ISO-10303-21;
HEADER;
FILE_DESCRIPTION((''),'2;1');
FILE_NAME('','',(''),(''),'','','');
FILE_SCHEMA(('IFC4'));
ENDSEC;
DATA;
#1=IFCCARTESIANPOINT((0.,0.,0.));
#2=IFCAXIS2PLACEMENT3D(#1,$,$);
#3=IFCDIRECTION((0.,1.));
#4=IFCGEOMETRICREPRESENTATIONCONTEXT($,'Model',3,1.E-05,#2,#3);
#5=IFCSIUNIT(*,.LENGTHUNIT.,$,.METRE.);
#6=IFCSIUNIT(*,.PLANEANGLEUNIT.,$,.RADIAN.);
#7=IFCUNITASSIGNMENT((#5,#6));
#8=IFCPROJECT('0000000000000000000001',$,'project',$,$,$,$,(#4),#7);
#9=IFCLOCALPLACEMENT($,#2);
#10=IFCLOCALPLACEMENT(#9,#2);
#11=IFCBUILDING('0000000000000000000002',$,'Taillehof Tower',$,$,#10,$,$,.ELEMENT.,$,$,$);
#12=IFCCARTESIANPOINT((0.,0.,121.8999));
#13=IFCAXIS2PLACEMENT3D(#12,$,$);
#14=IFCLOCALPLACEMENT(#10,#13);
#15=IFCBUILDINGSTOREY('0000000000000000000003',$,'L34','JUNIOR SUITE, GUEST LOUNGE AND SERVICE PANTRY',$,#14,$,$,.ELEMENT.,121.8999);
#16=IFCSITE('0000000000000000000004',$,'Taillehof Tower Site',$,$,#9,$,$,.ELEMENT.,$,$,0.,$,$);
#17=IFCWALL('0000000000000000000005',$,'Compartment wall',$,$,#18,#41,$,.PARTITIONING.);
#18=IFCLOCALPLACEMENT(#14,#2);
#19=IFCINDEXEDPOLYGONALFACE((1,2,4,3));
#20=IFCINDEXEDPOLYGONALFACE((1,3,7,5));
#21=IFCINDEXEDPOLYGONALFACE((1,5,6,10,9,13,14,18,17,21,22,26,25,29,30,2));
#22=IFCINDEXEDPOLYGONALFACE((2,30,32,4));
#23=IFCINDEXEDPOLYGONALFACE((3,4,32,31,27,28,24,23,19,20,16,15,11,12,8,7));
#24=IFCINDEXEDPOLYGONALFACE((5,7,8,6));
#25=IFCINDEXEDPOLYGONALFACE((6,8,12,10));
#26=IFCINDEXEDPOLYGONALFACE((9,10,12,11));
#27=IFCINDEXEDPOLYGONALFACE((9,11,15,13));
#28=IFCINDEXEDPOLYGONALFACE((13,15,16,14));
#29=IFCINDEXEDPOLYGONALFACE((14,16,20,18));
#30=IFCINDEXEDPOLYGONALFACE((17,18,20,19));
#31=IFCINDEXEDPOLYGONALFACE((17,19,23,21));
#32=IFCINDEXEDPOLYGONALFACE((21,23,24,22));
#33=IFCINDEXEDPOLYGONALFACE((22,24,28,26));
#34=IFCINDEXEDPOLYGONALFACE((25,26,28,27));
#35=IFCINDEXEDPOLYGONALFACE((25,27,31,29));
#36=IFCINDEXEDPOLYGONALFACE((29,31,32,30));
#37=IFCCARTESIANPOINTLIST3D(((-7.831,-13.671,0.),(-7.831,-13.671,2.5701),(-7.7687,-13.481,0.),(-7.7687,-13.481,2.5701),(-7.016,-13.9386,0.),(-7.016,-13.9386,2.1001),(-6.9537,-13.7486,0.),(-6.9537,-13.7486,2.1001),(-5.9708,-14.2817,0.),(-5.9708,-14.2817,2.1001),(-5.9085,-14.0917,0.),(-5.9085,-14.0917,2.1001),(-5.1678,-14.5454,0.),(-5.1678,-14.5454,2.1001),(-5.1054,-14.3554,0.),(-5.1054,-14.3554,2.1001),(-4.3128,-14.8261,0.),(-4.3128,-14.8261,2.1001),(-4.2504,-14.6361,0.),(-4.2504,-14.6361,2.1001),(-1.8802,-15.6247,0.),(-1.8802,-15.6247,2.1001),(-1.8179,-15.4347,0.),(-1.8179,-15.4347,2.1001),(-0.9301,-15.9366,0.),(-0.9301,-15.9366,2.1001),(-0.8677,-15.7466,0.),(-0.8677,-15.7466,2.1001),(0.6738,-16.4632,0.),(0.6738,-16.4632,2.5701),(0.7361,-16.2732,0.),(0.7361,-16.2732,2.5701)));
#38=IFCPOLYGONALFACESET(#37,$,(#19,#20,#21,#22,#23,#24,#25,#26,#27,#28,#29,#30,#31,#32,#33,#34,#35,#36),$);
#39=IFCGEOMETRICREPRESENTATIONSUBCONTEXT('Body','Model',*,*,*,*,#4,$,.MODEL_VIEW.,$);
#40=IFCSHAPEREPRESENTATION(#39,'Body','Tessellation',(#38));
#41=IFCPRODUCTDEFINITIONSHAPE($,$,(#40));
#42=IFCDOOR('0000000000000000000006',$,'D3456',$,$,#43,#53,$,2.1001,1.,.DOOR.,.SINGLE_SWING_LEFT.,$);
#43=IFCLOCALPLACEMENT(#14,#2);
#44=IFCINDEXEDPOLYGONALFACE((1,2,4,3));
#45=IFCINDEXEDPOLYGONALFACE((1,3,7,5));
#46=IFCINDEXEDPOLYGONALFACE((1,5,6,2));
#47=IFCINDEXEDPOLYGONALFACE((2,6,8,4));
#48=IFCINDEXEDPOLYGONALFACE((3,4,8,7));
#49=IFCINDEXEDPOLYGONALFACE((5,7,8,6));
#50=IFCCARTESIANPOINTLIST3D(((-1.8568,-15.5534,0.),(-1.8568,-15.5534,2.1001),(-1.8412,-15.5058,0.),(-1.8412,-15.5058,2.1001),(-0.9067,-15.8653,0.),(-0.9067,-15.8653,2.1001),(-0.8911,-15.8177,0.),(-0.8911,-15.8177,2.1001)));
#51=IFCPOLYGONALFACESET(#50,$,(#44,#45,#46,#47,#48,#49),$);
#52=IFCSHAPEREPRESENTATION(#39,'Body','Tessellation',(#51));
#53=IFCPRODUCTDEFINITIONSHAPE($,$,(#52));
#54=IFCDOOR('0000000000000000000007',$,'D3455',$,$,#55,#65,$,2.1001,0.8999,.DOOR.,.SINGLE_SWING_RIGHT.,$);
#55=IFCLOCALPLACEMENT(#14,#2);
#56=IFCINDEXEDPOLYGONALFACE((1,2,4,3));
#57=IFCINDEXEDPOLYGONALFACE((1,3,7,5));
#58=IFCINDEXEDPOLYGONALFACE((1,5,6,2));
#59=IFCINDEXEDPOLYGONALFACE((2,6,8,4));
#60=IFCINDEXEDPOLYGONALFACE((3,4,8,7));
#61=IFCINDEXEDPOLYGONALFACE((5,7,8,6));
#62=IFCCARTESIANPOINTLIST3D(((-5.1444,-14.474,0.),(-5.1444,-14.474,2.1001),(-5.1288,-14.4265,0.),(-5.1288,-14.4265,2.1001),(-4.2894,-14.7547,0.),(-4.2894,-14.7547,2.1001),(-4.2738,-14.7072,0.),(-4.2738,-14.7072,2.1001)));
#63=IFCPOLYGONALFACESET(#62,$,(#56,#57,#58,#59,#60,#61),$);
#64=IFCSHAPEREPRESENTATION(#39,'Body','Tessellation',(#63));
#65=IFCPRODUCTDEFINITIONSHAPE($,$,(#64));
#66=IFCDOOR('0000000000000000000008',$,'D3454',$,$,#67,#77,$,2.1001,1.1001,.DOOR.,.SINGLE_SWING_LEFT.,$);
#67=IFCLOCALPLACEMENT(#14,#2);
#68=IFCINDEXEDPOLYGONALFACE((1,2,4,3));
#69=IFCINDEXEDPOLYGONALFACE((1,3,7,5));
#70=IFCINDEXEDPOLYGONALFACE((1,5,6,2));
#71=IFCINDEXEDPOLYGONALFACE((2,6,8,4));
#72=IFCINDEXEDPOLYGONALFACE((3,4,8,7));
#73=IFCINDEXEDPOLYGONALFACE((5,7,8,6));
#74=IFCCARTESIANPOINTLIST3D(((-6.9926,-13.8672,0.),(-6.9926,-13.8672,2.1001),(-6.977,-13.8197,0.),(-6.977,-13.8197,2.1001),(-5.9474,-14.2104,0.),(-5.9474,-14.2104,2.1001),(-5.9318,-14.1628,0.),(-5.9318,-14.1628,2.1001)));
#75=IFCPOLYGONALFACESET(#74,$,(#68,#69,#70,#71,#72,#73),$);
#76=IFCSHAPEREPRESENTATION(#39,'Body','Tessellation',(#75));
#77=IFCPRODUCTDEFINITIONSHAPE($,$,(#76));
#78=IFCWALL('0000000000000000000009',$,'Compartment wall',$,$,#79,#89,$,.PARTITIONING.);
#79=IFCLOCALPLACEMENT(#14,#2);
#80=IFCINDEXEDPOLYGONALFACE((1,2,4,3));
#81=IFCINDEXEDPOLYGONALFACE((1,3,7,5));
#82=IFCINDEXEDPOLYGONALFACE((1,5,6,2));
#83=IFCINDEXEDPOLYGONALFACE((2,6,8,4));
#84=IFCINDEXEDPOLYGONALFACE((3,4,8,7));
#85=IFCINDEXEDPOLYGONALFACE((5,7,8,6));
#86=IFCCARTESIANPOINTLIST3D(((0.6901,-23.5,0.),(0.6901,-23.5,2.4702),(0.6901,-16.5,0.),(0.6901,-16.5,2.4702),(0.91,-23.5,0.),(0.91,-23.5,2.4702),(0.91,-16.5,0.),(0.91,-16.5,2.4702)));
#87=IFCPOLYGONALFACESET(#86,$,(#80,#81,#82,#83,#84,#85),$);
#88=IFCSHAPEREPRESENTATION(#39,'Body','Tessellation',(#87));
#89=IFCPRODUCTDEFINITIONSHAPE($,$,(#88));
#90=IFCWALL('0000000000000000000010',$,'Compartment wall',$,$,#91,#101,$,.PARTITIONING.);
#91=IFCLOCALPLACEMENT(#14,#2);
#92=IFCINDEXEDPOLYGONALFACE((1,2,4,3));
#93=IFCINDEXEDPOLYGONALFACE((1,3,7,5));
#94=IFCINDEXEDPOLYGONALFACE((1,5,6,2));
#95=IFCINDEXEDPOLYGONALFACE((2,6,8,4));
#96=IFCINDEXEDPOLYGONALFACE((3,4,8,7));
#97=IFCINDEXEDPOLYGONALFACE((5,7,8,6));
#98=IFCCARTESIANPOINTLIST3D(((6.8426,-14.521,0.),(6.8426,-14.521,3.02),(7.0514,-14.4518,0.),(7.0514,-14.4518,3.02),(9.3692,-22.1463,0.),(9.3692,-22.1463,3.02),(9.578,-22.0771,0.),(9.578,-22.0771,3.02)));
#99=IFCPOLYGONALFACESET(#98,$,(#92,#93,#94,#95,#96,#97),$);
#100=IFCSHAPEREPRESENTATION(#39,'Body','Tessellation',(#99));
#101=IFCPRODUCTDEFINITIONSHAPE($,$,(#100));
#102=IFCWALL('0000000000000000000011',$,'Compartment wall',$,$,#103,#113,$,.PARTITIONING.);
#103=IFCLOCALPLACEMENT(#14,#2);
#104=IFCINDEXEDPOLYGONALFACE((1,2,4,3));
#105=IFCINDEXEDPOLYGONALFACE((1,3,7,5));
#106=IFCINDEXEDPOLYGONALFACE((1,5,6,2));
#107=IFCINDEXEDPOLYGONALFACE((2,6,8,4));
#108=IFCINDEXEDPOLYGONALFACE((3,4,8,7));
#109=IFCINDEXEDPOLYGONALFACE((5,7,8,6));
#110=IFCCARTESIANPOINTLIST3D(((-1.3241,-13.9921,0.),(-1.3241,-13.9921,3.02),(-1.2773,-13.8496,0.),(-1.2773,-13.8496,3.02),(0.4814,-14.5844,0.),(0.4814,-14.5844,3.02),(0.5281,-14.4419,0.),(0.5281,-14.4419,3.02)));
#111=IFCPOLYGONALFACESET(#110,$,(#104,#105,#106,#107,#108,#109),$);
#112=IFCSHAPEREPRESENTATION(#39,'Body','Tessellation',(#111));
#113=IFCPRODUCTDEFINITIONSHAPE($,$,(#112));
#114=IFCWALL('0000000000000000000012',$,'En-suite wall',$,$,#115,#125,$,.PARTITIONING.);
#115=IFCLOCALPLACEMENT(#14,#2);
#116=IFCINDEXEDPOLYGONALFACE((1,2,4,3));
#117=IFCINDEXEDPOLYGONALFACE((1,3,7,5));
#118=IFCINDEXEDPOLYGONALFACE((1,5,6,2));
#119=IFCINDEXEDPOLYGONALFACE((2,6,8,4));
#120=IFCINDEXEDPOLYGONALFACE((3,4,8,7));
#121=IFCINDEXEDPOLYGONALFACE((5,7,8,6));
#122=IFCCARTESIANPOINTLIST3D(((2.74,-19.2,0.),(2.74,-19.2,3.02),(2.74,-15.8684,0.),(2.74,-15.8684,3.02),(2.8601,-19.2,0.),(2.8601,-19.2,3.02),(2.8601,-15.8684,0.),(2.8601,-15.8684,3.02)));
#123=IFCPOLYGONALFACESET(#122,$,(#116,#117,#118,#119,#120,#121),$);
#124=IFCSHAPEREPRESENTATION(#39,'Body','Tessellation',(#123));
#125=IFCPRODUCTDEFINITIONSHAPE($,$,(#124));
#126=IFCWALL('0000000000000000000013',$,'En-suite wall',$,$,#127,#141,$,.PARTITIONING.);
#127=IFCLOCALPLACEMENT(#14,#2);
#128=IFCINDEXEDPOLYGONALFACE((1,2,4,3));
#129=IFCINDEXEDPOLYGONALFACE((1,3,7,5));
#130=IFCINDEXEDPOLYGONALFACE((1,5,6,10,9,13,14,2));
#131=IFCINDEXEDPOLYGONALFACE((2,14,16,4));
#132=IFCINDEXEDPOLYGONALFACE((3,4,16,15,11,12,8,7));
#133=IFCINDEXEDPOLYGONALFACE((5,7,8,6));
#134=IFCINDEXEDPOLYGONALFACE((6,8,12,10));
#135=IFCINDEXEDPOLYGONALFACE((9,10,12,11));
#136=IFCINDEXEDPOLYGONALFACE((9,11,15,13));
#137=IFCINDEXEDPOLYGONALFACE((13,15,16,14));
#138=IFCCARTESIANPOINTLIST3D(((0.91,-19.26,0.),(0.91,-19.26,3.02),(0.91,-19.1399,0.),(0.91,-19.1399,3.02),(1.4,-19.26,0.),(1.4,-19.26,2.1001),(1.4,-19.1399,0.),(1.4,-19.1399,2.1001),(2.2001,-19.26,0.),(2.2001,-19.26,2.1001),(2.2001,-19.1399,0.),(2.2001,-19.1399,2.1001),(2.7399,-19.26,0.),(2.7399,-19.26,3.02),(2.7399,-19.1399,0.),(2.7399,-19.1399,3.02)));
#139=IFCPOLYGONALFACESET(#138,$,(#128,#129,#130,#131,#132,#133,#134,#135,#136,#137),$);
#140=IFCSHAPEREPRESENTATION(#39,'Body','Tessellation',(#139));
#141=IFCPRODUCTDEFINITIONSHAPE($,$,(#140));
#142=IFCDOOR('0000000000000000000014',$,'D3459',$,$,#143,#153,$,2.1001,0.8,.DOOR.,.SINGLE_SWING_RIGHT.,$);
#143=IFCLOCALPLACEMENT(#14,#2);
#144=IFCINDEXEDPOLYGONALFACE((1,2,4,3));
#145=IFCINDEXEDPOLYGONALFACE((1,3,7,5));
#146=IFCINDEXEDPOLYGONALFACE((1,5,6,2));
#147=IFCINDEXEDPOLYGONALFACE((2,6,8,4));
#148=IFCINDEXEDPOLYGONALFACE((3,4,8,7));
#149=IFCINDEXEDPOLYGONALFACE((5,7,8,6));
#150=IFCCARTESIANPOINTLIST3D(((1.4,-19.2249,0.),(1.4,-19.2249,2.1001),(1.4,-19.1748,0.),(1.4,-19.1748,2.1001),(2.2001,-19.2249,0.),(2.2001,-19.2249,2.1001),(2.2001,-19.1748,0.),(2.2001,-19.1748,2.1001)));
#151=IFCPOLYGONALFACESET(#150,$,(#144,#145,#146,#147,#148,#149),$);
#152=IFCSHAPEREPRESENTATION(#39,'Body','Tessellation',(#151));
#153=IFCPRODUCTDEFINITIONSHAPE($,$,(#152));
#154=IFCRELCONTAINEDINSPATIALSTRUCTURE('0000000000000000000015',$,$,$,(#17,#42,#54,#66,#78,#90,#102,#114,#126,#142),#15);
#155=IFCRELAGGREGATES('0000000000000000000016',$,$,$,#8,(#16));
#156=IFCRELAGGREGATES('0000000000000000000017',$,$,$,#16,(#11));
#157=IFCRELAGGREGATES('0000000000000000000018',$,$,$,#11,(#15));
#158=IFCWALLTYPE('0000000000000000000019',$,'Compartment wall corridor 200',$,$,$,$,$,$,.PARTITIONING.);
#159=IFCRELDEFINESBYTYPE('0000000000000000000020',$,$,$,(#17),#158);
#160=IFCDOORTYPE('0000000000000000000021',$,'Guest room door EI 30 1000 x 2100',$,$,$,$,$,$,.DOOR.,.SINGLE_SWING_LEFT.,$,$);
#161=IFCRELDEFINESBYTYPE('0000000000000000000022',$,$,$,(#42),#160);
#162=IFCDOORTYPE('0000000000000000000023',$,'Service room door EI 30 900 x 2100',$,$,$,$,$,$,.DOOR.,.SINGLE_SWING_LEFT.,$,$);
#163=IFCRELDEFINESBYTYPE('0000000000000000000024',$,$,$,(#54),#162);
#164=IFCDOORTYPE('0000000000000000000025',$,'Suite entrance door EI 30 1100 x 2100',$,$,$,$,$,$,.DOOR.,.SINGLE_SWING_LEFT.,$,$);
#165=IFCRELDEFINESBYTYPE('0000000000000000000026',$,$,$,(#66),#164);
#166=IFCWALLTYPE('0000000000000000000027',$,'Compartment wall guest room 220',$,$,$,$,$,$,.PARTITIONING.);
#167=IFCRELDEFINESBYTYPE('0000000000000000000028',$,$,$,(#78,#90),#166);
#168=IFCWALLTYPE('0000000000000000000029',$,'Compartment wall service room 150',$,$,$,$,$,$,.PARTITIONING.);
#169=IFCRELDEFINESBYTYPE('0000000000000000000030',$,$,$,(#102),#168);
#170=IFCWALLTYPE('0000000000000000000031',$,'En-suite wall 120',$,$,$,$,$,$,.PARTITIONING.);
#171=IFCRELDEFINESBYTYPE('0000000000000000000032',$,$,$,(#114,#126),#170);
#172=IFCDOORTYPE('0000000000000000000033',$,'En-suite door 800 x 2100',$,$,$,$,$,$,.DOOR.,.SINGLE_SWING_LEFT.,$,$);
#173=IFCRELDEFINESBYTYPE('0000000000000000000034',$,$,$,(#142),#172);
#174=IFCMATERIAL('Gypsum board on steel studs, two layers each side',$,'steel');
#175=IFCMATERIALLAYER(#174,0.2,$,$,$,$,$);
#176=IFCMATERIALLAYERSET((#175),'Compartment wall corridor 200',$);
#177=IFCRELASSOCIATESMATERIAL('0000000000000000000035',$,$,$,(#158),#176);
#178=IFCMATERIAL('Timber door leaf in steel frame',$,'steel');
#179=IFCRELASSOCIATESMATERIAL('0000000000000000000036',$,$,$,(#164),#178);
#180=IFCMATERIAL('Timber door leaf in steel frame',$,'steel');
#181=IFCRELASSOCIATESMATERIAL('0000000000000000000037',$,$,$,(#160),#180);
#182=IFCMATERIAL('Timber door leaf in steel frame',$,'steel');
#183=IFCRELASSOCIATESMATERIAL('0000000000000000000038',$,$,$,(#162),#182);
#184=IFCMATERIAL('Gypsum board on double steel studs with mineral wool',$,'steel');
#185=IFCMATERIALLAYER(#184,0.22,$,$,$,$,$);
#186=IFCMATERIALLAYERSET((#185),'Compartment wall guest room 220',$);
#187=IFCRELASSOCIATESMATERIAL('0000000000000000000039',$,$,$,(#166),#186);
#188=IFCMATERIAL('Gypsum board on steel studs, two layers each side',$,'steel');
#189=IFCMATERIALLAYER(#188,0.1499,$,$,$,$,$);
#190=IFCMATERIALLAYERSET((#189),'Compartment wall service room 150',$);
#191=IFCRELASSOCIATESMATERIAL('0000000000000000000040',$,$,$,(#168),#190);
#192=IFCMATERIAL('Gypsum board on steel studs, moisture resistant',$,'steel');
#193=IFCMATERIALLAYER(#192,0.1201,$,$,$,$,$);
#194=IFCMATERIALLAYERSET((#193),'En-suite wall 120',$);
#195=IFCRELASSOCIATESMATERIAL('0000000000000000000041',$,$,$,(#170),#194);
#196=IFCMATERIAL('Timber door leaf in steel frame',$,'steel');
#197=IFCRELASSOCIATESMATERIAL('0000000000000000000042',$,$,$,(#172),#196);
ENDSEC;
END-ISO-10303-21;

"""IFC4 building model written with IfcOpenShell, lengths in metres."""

from ifc_helpers import new_model, si_unit, direction, frame, frame_2d, origin, place, context, subcontext, project, spatial, rectangle, extrude, material, layer, layer_set, type_object, element, fill, save


model = new_model("IFC4")

# Units and contexts
model_context = context("Model", 3, precision=1e-05, world=origin(), true_north=direction((0.0, 1.0)))
body_context = subcontext(model_context, "Body", "Model", "MODEL_VIEW")
ifc_project = project(units=[si_unit("LENGTHUNIT", "METRE"), si_unit("PLANEANGLEUNIT", "RADIAN")], contexts=[model_context])

# Site, building, storey
site_placement = place(None, origin())
site = spatial("IfcSite", under=ifc_project, at=site_placement, Name="Taillehof Tower Site", CompositionType="ELEMENT", RefElevation=0.0)
building_placement = place(site_placement, origin())
building = spatial("IfcBuilding", under=site, at=building_placement, Name="Taillehof Tower", CompositionType="ELEMENT")
storey_placement = place(building_placement, frame((0.0, 0.0, 121.8999)))
storey = spatial("IfcBuildingStorey", under=building, at=storey_placement, Name="L34", Description="JUNIOR SUITE, GUEST LOUNGE AND SERVICE PANTRY", CompositionType="ELEMENT", Elevation=121.8999)

# Wall, openings, doors
ifc_material_1 = material(Name="Gypsum board on steel studs, two layers each side", Category="steel")
ifc_layer_1 = layer(ifc_material_1, 0.2)
ifc_layer_set_1 = layer_set([ifc_layer_1], Name="Compartment wall corridor 200")
wall_type_1 = type_object("IfcWallType", Name="Compartment wall corridor 200", PredefinedType="PARTITIONING", material=ifc_layer_set_1)
ifc_material_2 = material(Name="Timber door leaf in steel frame", Category="steel")
door_type_1 = type_object("IfcDoorType", Name="Suite entrance door EI 30 1100 x 2100", OperationType="SINGLE_SWING_LEFT", PredefinedType="DOOR", material=ifc_material_2)
wall_1_placement = place(storey_placement, frame((0.7048, -16.3682, 0.0), z_axis=(0.0, 0.0, 1.0), x_axis=(-0.950105, 0.311929, 0.0)))
wall_1 = element("IfcWall", 1, at=wall_1_placement, inside=storey, type_object=wall_type_1, Name="Compartment wall", PredefinedType="PARTITIONING", context=body_context, shape_type="SweptSolid", body=[
    extrude(rectangle(XDim=8.9514, YDim=0.2, at=frame_2d((4.4756, 0.0))), origin(), (0.0, 0.0, 1.0), 2.5701),
])
opening_1_placement = place(wall_1_placement, frame((6.9934, 0.0, 0.0)))
opening_1 = element("IfcOpeningElement", 2, at=opening_1_placement, cuts=wall_1, PredefinedType="OPENING", context=body_context, shape_type="SweptSolid", body=[
    extrude(rectangle(XDim=1.1001, YDim=2.1001, at=frame_2d((0.55, 1.05))), frame((0.0, 0.1099, 0.0), z_axis=(0.0, -1.0, 0.0), x_axis=(1.0, 0.0, 0.0)), (0.0, 0.0, 1.0), 0.22),
])
opening_2_placement = place(wall_1_placement, frame((5.2483, 0.0, 0.0)))
opening_2 = element("IfcOpeningElement", 3, at=opening_2_placement, cuts=wall_1, PredefinedType="OPENING", context=body_context, shape_type="SweptSolid", body=[
    extrude(rectangle(XDim=0.8999, YDim=2.1001, at=frame_2d((0.45, 1.05))), frame((0.0, 0.1099, 0.0), z_axis=(0.0, -1.0, 0.0), x_axis=(1.0, 0.0, 0.0)), (0.0, 0.0, 1.0), 0.22),
])
opening_3_placement = place(wall_1_placement, frame((1.688, 0.0, 0.0)))
opening_3 = element("IfcOpeningElement", 4, at=opening_3_placement, cuts=wall_1, PredefinedType="OPENING", context=body_context, shape_type="SweptSolid", body=[
    extrude(rectangle(XDim=1.0, YDim=2.1001, at=frame_2d((0.5, 1.05))), frame((0.0, 0.1099, 0.0), z_axis=(0.0, -1.0, 0.0), x_axis=(1.0, 0.0, 0.0)), (0.0, 0.0, 1.0), 0.22),
])
ifc_material_3 = material(Name="Timber door leaf in steel frame", Category="steel")
door_type_2 = type_object("IfcDoorType", Name="Guest room door EI 30 1000 x 2100", OperationType="SINGLE_SWING_LEFT", PredefinedType="DOOR", material=ifc_material_3)
door_1_placement = place(opening_3_placement, origin())
door_1 = element("IfcDoor", 5, at=door_1_placement, inside=storey, type_object=door_type_2, Name="D3456", OperationType="SINGLE_SWING_LEFT", OverallHeight=2.1001, OverallWidth=1.0, PredefinedType="DOOR", context=body_context, shape_type="SweptSolid", body=[
    extrude(rectangle(XDim=1.0, YDim=2.1001, at=frame_2d((0.5, 1.05))), frame((0.0, 0.0249, 0.0), z_axis=(0.0, -1.0, 0.0), x_axis=(1.0, 0.0, 0.0)), (0.0, 0.0, 1.0), 0.05),
])
fill(opening_3, door_1)
ifc_material_4 = material(Name="Timber door leaf in steel frame", Category="steel")
door_type_3 = type_object("IfcDoorType", Name="Service room door EI 30 900 x 2100", OperationType="SINGLE_SWING_LEFT", PredefinedType="DOOR", material=ifc_material_4)
door_2_placement = place(opening_2_placement, origin())
door_2 = element("IfcDoor", 6, at=door_2_placement, inside=storey, type_object=door_type_3, Name="D3455", OperationType="SINGLE_SWING_RIGHT", OverallHeight=2.1001, OverallWidth=0.8999, PredefinedType="DOOR", context=body_context, shape_type="SweptSolid", body=[
    extrude(rectangle(XDim=0.8999, YDim=2.1001, at=frame_2d((0.45, 1.05))), frame((0.0, 0.0249, 0.0), z_axis=(0.0, -1.0, 0.0), x_axis=(1.0, 0.0, 0.0)), (0.0, 0.0, 1.0), 0.05),
])
fill(opening_2, door_2)
door_3_placement = place(opening_1_placement, origin())
door_3 = element("IfcDoor", 7, at=door_3_placement, inside=storey, type_object=door_type_1, Name="D3454", OperationType="SINGLE_SWING_LEFT", OverallHeight=2.1001, OverallWidth=1.1001, PredefinedType="DOOR", context=body_context, shape_type="SweptSolid", body=[
    extrude(rectangle(XDim=1.1001, YDim=2.1001, at=frame_2d((0.55, 1.05))), frame((0.0, 0.0249, 0.0), z_axis=(0.0, -1.0, 0.0), x_axis=(1.0, 0.0, 0.0)), (0.0, 0.0, 1.0), 0.05),
])
fill(opening_1, door_3)

# Walls
ifc_material_5 = material(Name="Gypsum board on double steel studs with mineral wool", Category="steel")
ifc_layer_2 = layer(ifc_material_5, 0.22)
ifc_layer_set_2 = layer_set([ifc_layer_2], Name="Compartment wall guest room 220")
wall_type_2 = type_object("IfcWallType", Name="Compartment wall guest room 220", PredefinedType="PARTITIONING", material=ifc_layer_set_2)
wall_2_placement = place(storey_placement, frame((0.8, -23.5, 0.0), z_axis=(0.0, 0.0, 1.0), x_axis=(0.0, 1.0, 0.0)))
element("IfcWall", 8, at=wall_2_placement, inside=storey, type_object=wall_type_2, Name="Compartment wall", PredefinedType="PARTITIONING", context=body_context, shape_type="SweptSolid", body=[
    extrude(rectangle(XDim=7.0, YDim=0.22, at=frame_2d((3.5, 0.0))), origin(), (0.0, 0.0, 1.0), 2.4702),
])
wall_3_placement = place(storey_placement, frame((9.4736, -22.1118, 0.0), z_axis=(0.0, 0.0, 1.0), x_axis=(-0.314531, 0.949247, 0.0)))
element("IfcWall", 9, at=wall_3_placement, inside=storey, type_object=wall_type_2, Name="Compartment wall", PredefinedType="PARTITIONING", context=body_context, shape_type="SweptSolid", body=[
    extrude(rectangle(XDim=8.033, YDim=0.22, at=frame_2d((4.0166, 0.0))), origin(), (0.0, 0.0, 1.0), 3.02),
])
ifc_material_6 = material(Name="Gypsum board on steel studs, two layers each side", Category="steel")
ifc_layer_3 = layer(ifc_material_6, 0.1499)
ifc_layer_set_3 = layer_set([ifc_layer_3], Name="Compartment wall service room 150")
wall_type_3 = type_object("IfcWallType", Name="Compartment wall service room 150", PredefinedType="PARTITIONING", material=ifc_layer_set_3)
wall_4_placement = place(storey_placement, frame((0.5049, -14.5132, 0.0), z_axis=(0.0, 0.0, 1.0), x_axis=(-0.950176, 0.311714, 0.0)))
element("IfcWall", 10, at=wall_4_placement, inside=storey, type_object=wall_type_3, Name="Compartment wall", PredefinedType="PARTITIONING", context=body_context, shape_type="SweptSolid", body=[
    extrude(rectangle(XDim=1.9001, YDim=0.1499, at=frame_2d((0.9502, 0.0))), origin(), (0.0, 0.0, 1.0), 3.02),
])
ifc_material_7 = material(Name="Gypsum board on steel studs, moisture resistant", Category="steel")
ifc_layer_4 = layer(ifc_material_7, 0.1201)
ifc_layer_set_4 = layer_set([ifc_layer_4], Name="En-suite wall 120")
wall_type_4 = type_object("IfcWallType", Name="En-suite wall 120", PredefinedType="PARTITIONING", material=ifc_layer_set_4)
wall_5_placement = place(storey_placement, frame((2.8, -15.8684, 0.0), z_axis=(0.0, 0.0, 1.0), x_axis=(0.0, -1.0, 0.0)))
element("IfcWall", 11, at=wall_5_placement, inside=storey, type_object=wall_type_4, Name="En-suite wall", PredefinedType="PARTITIONING", context=body_context, shape_type="SweptSolid", body=[
    extrude(rectangle(XDim=3.3315, YDim=0.1201, at=frame_2d((1.6658, 0.0))), origin(), (0.0, 0.0, 1.0), 3.02),
])

# Wall, opening, door
wall_6_placement = place(storey_placement, frame((2.74, -19.2, 0.0), z_axis=(0.0, 0.0, 1.0), x_axis=(-1.0, 0.0, 0.0)))
wall_6 = element("IfcWall", 12, at=wall_6_placement, inside=storey, type_object=wall_type_4, Name="En-suite wall", PredefinedType="PARTITIONING", context=body_context, shape_type="SweptSolid", body=[
    extrude(rectangle(XDim=1.8298, YDim=0.1201, at=frame_2d((0.915, 0.0))), origin(), (0.0, 0.0, 1.0), 3.02),
])
opening_4_placement = place(wall_6_placement, frame((0.54, 0.0, 0.0)))
opening_4 = element("IfcOpeningElement", 13, at=opening_4_placement, cuts=wall_6, PredefinedType="OPENING", context=body_context, shape_type="SweptSolid", body=[
    extrude(rectangle(XDim=0.8, YDim=2.1001, at=frame_2d((0.3999, 1.05))), frame((0.0, 0.0701, 0.0), z_axis=(0.0, -1.0, 0.0), x_axis=(1.0, 0.0, 0.0)), (0.0, 0.0, 1.0), 0.1401),
])
ifc_material_8 = material(Name="Timber door leaf in steel frame", Category="steel")
door_type_4 = type_object("IfcDoorType", Name="En-suite door 800 x 2100", OperationType="SINGLE_SWING_LEFT", PredefinedType="DOOR", material=ifc_material_8)
door_4_placement = place(opening_4_placement, origin())
door_4 = element("IfcDoor", 14, at=door_4_placement, inside=storey, type_object=door_type_4, Name="D3459", OperationType="SINGLE_SWING_RIGHT", OverallHeight=2.1001, OverallWidth=0.8, PredefinedType="DOOR", context=body_context, shape_type="SweptSolid", body=[
    extrude(rectangle(XDim=0.8, YDim=2.1001, at=frame_2d((0.3999, 1.05))), frame((0.0, 0.0249, 0.0), z_axis=(0.0, -1.0, 0.0), x_axis=(1.0, 0.0, 0.0)), (0.0, 0.0, 1.0), 0.05),
])
fill(opening_4, door_4)

save(model, "model.ifc")
